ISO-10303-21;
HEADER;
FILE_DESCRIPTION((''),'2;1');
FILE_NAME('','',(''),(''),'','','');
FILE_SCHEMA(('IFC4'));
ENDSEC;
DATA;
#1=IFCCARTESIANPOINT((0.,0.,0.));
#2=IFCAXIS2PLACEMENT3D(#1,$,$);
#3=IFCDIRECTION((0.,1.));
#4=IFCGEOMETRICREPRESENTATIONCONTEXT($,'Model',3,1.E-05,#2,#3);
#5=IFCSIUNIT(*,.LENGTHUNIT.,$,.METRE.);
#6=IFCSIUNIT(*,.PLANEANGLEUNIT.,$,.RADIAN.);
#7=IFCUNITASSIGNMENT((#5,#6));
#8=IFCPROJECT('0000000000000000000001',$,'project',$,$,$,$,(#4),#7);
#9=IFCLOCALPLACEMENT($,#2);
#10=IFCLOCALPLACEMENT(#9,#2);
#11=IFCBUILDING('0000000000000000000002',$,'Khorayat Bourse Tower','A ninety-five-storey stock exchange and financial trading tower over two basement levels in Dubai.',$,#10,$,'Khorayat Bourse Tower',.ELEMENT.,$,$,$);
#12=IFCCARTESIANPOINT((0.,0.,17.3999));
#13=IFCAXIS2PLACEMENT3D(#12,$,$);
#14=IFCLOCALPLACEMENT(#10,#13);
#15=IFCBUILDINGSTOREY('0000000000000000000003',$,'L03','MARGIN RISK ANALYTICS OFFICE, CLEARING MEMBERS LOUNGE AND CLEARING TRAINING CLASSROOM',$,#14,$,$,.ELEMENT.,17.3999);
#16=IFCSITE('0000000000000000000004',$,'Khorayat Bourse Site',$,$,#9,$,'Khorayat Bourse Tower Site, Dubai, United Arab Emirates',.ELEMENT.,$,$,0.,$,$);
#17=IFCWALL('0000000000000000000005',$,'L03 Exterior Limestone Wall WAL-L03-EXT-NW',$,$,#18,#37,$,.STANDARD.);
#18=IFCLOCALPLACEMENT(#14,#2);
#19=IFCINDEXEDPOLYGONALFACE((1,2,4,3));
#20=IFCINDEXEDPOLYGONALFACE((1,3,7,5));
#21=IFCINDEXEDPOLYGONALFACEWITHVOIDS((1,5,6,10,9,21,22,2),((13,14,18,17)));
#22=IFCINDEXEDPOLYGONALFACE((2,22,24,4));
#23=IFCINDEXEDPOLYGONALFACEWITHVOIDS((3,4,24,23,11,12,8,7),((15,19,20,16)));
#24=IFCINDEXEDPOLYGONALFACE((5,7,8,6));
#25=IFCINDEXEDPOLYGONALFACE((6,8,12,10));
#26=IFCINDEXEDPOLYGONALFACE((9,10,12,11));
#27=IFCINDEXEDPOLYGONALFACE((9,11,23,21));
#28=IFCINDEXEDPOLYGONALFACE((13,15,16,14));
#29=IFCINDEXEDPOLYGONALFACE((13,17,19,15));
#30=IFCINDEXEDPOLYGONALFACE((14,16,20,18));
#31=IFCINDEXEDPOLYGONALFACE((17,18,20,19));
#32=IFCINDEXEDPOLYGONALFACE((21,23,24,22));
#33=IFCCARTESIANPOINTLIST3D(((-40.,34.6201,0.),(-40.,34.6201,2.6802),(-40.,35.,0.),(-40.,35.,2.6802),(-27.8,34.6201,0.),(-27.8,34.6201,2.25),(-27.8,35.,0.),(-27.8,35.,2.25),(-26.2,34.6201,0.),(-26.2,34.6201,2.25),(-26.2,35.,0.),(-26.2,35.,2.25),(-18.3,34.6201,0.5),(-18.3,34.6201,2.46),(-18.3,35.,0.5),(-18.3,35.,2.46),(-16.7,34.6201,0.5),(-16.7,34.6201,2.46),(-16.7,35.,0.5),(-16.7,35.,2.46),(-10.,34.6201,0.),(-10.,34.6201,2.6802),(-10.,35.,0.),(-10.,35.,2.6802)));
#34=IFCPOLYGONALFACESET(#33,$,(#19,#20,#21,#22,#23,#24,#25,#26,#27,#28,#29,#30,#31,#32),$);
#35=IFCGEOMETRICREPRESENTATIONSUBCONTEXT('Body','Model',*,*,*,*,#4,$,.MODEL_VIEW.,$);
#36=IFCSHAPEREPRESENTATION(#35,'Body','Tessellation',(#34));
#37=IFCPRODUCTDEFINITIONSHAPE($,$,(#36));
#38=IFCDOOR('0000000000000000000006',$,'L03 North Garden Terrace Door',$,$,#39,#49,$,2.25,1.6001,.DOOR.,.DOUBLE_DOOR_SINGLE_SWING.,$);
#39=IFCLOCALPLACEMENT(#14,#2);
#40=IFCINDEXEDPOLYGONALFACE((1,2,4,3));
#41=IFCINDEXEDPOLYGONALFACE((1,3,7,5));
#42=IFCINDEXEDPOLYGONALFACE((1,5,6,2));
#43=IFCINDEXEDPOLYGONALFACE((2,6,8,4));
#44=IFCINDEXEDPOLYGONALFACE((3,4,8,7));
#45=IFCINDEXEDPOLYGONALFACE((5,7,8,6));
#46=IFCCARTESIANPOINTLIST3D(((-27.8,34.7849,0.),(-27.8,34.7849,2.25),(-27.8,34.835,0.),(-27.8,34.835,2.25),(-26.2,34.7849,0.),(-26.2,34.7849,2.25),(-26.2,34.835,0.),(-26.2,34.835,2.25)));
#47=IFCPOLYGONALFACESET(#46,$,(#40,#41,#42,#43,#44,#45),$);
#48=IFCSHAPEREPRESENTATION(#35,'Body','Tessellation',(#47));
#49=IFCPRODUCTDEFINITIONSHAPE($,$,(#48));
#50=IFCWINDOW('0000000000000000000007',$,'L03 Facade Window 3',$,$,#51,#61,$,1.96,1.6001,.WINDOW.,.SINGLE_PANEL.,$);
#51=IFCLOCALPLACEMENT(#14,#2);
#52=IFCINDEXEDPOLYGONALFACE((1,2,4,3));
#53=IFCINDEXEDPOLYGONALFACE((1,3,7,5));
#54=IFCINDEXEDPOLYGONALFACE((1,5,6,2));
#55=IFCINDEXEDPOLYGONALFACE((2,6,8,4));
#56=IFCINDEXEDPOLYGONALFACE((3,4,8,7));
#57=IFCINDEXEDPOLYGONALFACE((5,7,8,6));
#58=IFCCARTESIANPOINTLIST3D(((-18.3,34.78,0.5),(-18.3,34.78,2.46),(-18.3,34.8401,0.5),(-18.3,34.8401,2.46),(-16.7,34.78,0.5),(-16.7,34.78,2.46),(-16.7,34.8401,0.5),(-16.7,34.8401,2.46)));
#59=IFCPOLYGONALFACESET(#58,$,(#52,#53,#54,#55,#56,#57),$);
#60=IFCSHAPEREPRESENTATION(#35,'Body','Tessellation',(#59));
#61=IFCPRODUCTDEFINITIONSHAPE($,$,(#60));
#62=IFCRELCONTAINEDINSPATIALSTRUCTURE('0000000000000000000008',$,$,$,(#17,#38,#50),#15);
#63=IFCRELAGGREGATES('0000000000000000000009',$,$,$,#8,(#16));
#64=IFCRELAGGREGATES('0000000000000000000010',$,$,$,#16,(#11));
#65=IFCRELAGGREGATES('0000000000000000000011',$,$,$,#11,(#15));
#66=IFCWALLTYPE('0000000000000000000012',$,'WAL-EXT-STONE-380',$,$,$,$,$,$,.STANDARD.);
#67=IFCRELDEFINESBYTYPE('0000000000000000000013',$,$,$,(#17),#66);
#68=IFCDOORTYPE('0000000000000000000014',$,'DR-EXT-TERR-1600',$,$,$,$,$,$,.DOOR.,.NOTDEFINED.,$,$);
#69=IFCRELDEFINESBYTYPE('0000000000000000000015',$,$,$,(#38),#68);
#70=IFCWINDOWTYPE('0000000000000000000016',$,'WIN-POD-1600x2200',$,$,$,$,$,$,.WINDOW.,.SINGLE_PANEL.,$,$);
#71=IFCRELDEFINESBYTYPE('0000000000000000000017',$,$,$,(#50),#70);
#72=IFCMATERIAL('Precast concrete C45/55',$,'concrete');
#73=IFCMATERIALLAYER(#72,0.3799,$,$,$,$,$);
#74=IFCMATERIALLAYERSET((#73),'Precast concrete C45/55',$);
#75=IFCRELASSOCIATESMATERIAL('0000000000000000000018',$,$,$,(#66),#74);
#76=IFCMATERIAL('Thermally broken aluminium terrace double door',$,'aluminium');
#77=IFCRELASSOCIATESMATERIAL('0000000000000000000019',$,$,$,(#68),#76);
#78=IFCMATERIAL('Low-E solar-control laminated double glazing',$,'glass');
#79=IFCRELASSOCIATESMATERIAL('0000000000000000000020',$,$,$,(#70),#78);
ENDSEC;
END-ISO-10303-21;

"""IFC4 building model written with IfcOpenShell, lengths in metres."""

from ifc_helpers import new_model, si_unit, direction, frame, frame_2d, origin, place, context, subcontext, project, spatial, rectangle, extrude, source, transform, mapped, material, layer, layer_set, type_object, element, fill, save


model = new_model("IFC4")

# Units and contexts
model_context = context("Model", 3, precision=1e-05, world=origin(), true_north=direction((0.0, 1.0)))
body_context = subcontext(model_context, "Body", "Model", "MODEL_VIEW")
ifc_project = project(units=[si_unit("LENGTHUNIT", "METRE"), si_unit("PLANEANGLEUNIT", "RADIAN")], contexts=[model_context])

# Site, building, storey
site_placement = place(None, origin())
site = spatial("IfcSite", under=ifc_project, at=site_placement, Name="Khorayat Bourse Site", LongName="Khorayat Bourse Tower Site, Dubai, United Arab Emirates", CompositionType="ELEMENT", RefElevation=0.0)
building_placement = place(site_placement, origin())
building = spatial("IfcBuilding", under=site, at=building_placement, Name="Khorayat Bourse Tower", Description="A ninety-five-storey stock exchange and financial trading tower over two basement levels in Dubai.", LongName="Khorayat Bourse Tower", CompositionType="ELEMENT")
storey_placement = place(building_placement, frame((0.0, 0.0, 17.3999)))
storey = spatial("IfcBuildingStorey", under=building, at=storey_placement, Name="L03", Description="MARGIN RISK ANALYTICS OFFICE, CLEARING MEMBERS LOUNGE AND CLEARING TRAINING CLASSROOM", CompositionType="ELEMENT", Elevation=17.3999)

# Wall, openings, door, window
ifc_material_1 = material(Name="Precast concrete C45/55", Category="concrete")
ifc_layer_1 = layer(ifc_material_1, 0.3799)
ifc_layer_set_1 = layer_set([ifc_layer_1], Name="Precast concrete C45/55")
wall_type = type_object("IfcWallType", Name="WAL-EXT-STONE-380", PredefinedType="STANDARD", material=ifc_layer_set_1)
shared_shape_1 = source(origin(), body_context, "Body", "SweptSolid", [
    extrude(rectangle(XDim=30.0, YDim=0.3799, at=frame_2d((15.0, 0.0))), origin(), (0.0, 0.0, 1.0), 2.6802),
])
wall_placement = place(storey_placement, frame((-40.0, 34.8101, 0.0), z_axis=(0.0, 0.0, 1.0), x_axis=(1.0, 0.0, 0.0)))
wall = element("IfcWall", 1, at=wall_placement, inside=storey, type_object=wall_type, Name="L03 Exterior Limestone Wall WAL-L03-EXT-NW", PredefinedType="STANDARD", context=body_context, shape_type="MappedRepresentation", body=[
    mapped(shared_shape_1, transform((0.0, 0.0, 0.0), scale=1.0)),
])
shared_shape_2 = source(origin(), body_context, "Body", "SweptSolid", [
    extrude(rectangle(XDim=1.6001, YDim=2.25, at=frame_2d((0.8, 1.125))), frame((0.0, 0.2, 0.0), z_axis=(0.0, -1.0, 0.0), x_axis=(1.0, 0.0, 0.0)), (0.0, 0.0, 1.0), 0.3999),
])
opening_1_placement = place(wall_placement, frame((12.2, 0.0, 0.0)))
opening_1 = element("IfcOpeningElement", 2, at=opening_1_placement, cuts=wall, PredefinedType="OPENING", context=body_context, shape_type="MappedRepresentation", body=[
    mapped(shared_shape_2, transform((0.0, 0.0, 0.0), scale=1.0)),
])
shared_shape_3 = source(origin(), body_context, "Body", "SweptSolid", [
    extrude(rectangle(XDim=1.6001, YDim=1.96, at=frame_2d((0.8, 0.98))), frame((0.0, 0.2, 0.0), z_axis=(0.0, -1.0, 0.0), x_axis=(1.0, 0.0, 0.0)), (0.0, 0.0, 1.0), 0.3999),
])
opening_2_placement = place(wall_placement, frame((21.7, 0.0, 0.5)))
opening_2 = element("IfcOpeningElement", 3, at=opening_2_placement, cuts=wall, PredefinedType="OPENING", context=body_context, shape_type="MappedRepresentation", body=[
    mapped(shared_shape_3, transform((0.0, 0.0, 0.0), scale=1.0)),
])
ifc_material_2 = material(Name="Thermally broken aluminium terrace double door", Category="aluminium")
door_type = type_object("IfcDoorType", Name="DR-EXT-TERR-1600", OperationType="NOTDEFINED", PredefinedType="DOOR", material=ifc_material_2)
shared_shape_4 = source(origin(), body_context, "Body", "SweptSolid", [
    extrude(rectangle(XDim=1.6001, YDim=2.25, at=frame_2d((0.8, 1.125))), frame((0.0, 0.0249, 0.0), z_axis=(0.0, -1.0, 0.0), x_axis=(1.0, 0.0, 0.0)), (0.0, 0.0, 1.0), 0.05),
])
door_placement = place(opening_1_placement, origin())
door = element("IfcDoor", 4, at=door_placement, inside=storey, type_object=door_type, Name="L03 North Garden Terrace Door", OperationType="DOUBLE_DOOR_SINGLE_SWING", OverallHeight=2.25, OverallWidth=1.6001, PredefinedType="DOOR", context=body_context, shape_type="MappedRepresentation", body=[
    mapped(shared_shape_4, transform((0.0, 0.0, 0.0), scale=1.0)),
])
fill(opening_1, door)
ifc_material_3 = material(Name="Low-E solar-control laminated double glazing", Category="glass")
window_type = type_object("IfcWindowType", Name="WIN-POD-1600x2200", PartitioningType="SINGLE_PANEL", PredefinedType="WINDOW", material=ifc_material_3)
shared_shape_5 = source(origin(), body_context, "Body", "SweptSolid", [
    extrude(rectangle(XDim=1.6001, YDim=1.96, at=frame_2d((0.8, 0.98))), frame((0.0, 0.03, 0.0), z_axis=(0.0, -1.0, 0.0), x_axis=(1.0, 0.0, 0.0)), (0.0, 0.0, 1.0), 0.0601),
])
window_placement = place(opening_2_placement, origin())
window = element("IfcWindow", 5, at=window_placement, inside=storey, type_object=window_type, Name="L03 Facade Window 3", OverallHeight=1.96, OverallWidth=1.6001, PartitioningType="SINGLE_PANEL", PredefinedType="WINDOW", context=body_context, shape_type="MappedRepresentation", body=[
    mapped(shared_shape_5, transform((0.0, 0.0, 0.0), scale=1.0)),
])
fill(opening_2, window)

save(model, "model.ifc")
